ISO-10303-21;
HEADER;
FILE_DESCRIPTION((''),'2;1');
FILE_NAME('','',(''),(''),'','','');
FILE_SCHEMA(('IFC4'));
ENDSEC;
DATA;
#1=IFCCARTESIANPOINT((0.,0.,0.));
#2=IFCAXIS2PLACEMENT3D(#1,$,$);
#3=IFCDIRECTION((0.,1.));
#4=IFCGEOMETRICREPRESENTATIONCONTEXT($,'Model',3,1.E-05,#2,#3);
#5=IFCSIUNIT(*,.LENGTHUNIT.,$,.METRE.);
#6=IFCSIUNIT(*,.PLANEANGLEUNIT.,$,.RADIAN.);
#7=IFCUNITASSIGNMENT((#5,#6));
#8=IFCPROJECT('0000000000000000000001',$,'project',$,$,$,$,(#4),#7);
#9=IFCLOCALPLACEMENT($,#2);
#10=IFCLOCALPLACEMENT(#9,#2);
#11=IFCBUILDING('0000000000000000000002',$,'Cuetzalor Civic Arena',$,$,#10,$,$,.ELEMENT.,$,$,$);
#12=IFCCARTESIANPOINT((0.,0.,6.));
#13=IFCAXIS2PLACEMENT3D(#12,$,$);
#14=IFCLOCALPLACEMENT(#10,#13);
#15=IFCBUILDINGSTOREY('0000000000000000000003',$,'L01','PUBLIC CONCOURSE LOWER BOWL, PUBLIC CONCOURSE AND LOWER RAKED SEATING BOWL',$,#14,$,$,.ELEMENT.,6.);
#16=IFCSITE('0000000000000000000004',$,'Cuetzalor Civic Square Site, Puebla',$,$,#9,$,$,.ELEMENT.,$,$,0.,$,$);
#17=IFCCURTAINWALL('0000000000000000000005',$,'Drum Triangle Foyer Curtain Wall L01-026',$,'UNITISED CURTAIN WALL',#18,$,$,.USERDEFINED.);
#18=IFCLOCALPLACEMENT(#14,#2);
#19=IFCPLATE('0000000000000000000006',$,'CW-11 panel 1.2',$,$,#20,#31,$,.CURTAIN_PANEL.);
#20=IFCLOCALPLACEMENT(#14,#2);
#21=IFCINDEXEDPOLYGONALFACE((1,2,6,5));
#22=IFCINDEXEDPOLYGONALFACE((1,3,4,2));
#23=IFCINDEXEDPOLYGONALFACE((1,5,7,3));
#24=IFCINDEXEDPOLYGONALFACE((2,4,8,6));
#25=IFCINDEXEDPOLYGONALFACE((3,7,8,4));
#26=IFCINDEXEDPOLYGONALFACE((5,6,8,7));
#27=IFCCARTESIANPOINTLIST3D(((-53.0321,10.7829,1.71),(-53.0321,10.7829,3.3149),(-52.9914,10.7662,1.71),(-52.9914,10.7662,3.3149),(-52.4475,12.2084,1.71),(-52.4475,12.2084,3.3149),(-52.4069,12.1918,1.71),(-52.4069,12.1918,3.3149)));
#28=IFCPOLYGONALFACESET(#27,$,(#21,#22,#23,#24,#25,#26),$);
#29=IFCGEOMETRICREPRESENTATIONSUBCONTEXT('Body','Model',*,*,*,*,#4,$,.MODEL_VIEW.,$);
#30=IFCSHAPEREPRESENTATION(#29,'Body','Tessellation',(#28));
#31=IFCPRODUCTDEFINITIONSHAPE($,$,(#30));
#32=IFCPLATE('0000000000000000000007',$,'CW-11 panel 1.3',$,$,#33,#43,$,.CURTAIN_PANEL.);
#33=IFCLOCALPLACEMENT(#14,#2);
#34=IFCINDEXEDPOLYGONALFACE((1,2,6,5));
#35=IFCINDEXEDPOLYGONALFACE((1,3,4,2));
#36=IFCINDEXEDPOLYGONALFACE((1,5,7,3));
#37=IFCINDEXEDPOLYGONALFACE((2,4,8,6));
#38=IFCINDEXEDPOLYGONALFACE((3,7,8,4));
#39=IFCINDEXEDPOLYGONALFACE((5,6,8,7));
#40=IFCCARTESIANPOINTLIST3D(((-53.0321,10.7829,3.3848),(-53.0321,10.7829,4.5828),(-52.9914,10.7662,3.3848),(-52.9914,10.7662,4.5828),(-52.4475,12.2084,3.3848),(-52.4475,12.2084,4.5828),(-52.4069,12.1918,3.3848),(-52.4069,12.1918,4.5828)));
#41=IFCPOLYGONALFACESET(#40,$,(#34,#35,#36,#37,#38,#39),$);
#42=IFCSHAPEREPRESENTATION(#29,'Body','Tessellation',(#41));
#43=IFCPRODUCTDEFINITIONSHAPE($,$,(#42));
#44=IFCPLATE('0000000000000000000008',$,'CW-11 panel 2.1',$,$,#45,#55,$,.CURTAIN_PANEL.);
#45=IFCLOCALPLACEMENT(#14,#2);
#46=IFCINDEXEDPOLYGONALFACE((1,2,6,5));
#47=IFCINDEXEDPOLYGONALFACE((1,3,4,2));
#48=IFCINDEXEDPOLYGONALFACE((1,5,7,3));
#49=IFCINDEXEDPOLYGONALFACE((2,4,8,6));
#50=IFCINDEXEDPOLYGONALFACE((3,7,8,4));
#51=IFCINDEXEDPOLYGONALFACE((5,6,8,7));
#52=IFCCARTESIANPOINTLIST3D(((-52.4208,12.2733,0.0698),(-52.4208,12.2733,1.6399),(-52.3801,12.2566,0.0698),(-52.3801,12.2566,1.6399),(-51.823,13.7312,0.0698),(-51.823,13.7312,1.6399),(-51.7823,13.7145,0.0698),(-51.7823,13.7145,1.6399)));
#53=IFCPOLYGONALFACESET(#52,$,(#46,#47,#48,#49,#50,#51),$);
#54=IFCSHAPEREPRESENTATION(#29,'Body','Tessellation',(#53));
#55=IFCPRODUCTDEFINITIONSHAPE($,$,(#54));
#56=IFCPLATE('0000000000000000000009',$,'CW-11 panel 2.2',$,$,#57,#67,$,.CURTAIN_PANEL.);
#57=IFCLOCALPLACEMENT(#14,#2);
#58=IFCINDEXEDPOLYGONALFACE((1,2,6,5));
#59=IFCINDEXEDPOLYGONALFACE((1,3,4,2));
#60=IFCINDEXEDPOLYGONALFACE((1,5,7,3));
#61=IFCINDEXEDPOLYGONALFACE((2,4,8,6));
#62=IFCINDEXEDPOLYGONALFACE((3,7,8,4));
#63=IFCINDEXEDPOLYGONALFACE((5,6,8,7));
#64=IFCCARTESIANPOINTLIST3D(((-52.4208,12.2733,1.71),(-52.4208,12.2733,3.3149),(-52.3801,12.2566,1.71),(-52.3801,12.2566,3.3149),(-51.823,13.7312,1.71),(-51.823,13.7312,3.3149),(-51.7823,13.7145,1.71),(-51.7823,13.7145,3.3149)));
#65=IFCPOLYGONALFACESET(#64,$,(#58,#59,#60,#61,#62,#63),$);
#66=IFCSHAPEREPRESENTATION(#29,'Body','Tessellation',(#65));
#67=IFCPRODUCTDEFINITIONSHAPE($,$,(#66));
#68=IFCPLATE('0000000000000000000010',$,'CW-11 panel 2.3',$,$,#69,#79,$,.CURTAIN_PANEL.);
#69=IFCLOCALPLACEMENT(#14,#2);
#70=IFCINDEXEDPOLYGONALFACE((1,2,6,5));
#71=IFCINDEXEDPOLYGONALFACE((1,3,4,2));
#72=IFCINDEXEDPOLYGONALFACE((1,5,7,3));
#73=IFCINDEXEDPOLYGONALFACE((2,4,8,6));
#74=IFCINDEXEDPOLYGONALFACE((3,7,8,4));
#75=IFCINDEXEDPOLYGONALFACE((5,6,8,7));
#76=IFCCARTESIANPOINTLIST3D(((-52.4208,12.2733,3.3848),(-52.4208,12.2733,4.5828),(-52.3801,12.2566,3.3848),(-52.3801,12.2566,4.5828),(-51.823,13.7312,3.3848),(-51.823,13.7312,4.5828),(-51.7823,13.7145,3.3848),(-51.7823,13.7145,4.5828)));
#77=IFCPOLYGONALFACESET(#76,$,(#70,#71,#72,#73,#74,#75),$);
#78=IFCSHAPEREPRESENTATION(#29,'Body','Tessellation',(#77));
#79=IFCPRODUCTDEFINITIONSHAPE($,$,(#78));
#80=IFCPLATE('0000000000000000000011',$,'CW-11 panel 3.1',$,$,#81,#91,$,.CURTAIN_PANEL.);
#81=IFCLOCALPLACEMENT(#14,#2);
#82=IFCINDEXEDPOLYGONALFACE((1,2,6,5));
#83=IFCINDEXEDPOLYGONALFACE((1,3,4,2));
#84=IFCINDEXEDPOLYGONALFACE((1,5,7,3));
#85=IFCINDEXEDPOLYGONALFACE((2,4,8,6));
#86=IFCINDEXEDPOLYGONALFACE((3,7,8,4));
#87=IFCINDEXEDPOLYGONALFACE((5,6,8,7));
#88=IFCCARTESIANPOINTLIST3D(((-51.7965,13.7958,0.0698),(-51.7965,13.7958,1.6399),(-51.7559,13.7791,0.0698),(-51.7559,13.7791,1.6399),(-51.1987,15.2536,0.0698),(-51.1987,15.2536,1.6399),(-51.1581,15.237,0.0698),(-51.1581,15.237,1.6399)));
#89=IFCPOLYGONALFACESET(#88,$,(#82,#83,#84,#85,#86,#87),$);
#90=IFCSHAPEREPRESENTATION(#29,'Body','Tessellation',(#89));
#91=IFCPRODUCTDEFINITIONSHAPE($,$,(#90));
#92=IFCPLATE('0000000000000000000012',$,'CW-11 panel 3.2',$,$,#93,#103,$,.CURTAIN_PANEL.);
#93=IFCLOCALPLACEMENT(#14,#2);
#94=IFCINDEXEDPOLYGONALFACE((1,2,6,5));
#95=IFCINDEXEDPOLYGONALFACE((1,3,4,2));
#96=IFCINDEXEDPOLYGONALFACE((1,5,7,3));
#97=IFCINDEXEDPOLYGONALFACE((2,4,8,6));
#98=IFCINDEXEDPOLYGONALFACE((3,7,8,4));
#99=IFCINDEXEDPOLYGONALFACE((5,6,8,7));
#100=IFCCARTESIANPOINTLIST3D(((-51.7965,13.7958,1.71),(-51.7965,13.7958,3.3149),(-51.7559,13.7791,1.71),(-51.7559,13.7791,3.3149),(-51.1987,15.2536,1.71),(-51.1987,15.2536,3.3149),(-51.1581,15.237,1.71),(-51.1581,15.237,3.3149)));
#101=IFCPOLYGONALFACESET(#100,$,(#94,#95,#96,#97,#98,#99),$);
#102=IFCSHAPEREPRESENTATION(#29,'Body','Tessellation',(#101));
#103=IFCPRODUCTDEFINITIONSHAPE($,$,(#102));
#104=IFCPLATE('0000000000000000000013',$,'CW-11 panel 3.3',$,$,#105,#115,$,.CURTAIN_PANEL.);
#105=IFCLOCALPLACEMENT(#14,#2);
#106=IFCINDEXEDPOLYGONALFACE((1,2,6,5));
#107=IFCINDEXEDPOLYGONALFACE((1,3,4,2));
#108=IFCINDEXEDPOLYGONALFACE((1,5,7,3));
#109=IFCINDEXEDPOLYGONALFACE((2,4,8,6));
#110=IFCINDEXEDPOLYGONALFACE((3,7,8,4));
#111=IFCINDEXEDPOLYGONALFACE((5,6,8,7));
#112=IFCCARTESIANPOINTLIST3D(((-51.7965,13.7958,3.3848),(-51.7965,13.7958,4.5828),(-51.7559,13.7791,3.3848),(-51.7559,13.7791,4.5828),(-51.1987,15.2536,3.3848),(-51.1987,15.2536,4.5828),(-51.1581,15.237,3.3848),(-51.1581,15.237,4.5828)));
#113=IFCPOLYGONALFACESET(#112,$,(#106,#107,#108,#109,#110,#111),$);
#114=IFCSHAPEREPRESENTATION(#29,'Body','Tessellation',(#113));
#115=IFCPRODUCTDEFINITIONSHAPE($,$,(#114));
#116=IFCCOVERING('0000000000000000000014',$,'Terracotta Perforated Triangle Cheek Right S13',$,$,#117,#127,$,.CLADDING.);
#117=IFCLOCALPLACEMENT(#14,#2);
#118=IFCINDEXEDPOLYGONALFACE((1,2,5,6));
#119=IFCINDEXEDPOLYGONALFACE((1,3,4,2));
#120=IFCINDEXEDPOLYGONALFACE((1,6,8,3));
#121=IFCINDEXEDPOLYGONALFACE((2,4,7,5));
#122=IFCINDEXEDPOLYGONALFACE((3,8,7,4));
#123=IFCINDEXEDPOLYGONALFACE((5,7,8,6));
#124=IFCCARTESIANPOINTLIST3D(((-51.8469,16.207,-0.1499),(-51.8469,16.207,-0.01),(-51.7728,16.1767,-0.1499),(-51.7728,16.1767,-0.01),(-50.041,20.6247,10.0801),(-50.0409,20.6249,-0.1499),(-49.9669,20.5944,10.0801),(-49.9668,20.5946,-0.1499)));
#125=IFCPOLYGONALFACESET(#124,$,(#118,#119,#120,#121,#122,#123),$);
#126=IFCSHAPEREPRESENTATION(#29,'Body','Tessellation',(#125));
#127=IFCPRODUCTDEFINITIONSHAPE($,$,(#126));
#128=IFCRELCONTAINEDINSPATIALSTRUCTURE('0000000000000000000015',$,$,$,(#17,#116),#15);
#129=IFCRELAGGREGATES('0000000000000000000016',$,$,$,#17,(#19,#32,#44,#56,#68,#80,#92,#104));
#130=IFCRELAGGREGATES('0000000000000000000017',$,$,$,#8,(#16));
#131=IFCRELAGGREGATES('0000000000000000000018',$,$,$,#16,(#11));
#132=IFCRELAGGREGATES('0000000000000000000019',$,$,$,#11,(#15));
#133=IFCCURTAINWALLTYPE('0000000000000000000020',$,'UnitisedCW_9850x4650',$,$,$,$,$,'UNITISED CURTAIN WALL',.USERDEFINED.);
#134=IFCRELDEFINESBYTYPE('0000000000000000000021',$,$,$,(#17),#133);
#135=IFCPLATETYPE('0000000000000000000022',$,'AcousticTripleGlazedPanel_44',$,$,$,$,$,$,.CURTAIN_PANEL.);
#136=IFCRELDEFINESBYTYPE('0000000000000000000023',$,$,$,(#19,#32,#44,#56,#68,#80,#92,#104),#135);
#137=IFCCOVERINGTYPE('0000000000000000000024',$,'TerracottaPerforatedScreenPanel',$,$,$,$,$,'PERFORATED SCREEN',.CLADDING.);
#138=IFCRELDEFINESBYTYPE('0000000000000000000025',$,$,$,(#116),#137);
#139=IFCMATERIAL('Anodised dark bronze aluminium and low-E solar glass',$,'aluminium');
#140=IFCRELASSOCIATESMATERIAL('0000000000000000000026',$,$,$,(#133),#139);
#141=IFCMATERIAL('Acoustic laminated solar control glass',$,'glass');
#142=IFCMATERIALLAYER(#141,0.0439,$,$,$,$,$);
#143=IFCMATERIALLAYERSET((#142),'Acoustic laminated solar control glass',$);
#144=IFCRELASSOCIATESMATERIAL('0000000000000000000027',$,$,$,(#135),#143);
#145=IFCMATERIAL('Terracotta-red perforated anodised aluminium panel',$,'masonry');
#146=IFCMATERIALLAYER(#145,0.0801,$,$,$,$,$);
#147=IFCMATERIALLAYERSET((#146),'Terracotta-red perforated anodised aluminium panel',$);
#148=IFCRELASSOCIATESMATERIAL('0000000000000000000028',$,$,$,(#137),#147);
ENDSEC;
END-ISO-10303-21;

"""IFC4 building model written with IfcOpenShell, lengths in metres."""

from ifc_helpers import new_model, si_unit, direction, frame, origin, origin_2d, place, context, subcontext, project, spatial, polyline, rectangle, outline, extrude, material, layer, layer_set, type_object, element, aggregate, save


model = new_model("IFC4")

# Units and contexts
model_context = context("Model", 3, precision=1e-05, world=origin(), true_north=direction((0.0, 1.0)))
body_context = subcontext(model_context, "Body", "Model", "MODEL_VIEW")
ifc_project = project(units=[si_unit("LENGTHUNIT", "METRE"), si_unit("PLANEANGLEUNIT", "RADIAN")], contexts=[model_context])

# Site, building, storey
site_placement = place(None, origin())
site = spatial("IfcSite", under=ifc_project, at=site_placement, Name="Cuetzalor Civic Square Site, Puebla", CompositionType="ELEMENT", RefElevation=0.0)
building_placement = place(site_placement, origin())
building = spatial("IfcBuilding", under=site, at=building_placement, Name="Cuetzalor Civic Arena", CompositionType="ELEMENT")
storey_placement = place(building_placement, frame((0.0, 0.0, 6.0)))
storey = spatial("IfcBuildingStorey", under=building, at=storey_placement, Name="L01", Description="PUBLIC CONCOURSE LOWER BOWL, PUBLIC CONCOURSE AND LOWER RAKED SEATING BOWL", CompositionType="ELEMENT", Elevation=6.0)

# Curtain wall, plates
ifc_material_1 = material(Name="Anodised dark bronze aluminium and low-E solar glass", Category="aluminium")
curtain_wall_type = type_object("IfcCurtainWallType", Name="UnitisedCW_9850x4650", ElementType="UNITISED CURTAIN WALL", PredefinedType="USERDEFINED", material=ifc_material_1)
curtain_wall_placement = place(storey_placement, origin())
curtain_wall = element("IfcCurtainWall", 1, at=curtain_wall_placement, inside=storey, type_object=curtain_wall_type, Name="Drum Triangle Foyer Curtain Wall L01-026", ObjectType="UNITISED CURTAIN WALL", PredefinedType="USERDEFINED")
ifc_material_2 = material(Name="Acoustic laminated solar control glass", Category="glass")
ifc_layer_1 = layer(ifc_material_2, 0.0439)
ifc_layer_set_1 = layer_set([ifc_layer_1], Name="Acoustic laminated solar control glass")
plate_type = type_object("IfcPlateType", Name="AcousticTripleGlazedPanel_44", PredefinedType="CURTAIN_PANEL", material=ifc_layer_set_1)
plate_1_placement = place(storey_placement, frame((-52.7195, 11.4873, 1.71), z_axis=(0.0, 0.0, 1.0), x_axis=(0.379391, 0.925236, 0.0)))
plate_1 = element("IfcPlate", 2, at=plate_1_placement, type_object=plate_type, Name="CW-11 panel 1.2", PredefinedType="CURTAIN_PANEL", context=body_context, shape_type="SweptSolid", body=[
    extrude(rectangle(XDim=1.5408, YDim=0.0439, at=origin_2d()), origin(), (0.0, 0.0, 1.0), 1.605),
])
plate_2_placement = place(storey_placement, frame((-52.7195, 11.4873, 3.3848), z_axis=(0.0, 0.0, 1.0), x_axis=(0.379391, 0.925236, 0.0)))
plate_2 = element("IfcPlate", 3, at=plate_2_placement, type_object=plate_type, Name="CW-11 panel 1.3", PredefinedType="CURTAIN_PANEL", context=body_context, shape_type="SweptSolid", body=[
    extrude(rectangle(XDim=1.5408, YDim=0.0439, at=origin_2d()), origin(), (0.0, 0.0, 1.0), 1.198),
])
plate_3_placement = place(storey_placement, frame((-52.1016, 12.9939, 0.0698), z_axis=(0.0, 0.0, 1.0), x_axis=(0.379391, 0.925236, 0.0)))
plate_3 = element("IfcPlate", 4, at=plate_3_placement, type_object=plate_type, Name="CW-11 panel 2.1", PredefinedType="CURTAIN_PANEL", context=body_context, shape_type="SweptSolid", body=[
    extrude(rectangle(XDim=1.5757, YDim=0.0439, at=origin_2d()), origin(), (0.0, 0.0, 1.0), 1.5701),
])
plate_4_placement = place(storey_placement, frame((-52.1016, 12.9939, 1.71), z_axis=(0.0, 0.0, 1.0), x_axis=(0.379391, 0.925236, 0.0)))
plate_4 = element("IfcPlate", 5, at=plate_4_placement, type_object=plate_type, Name="CW-11 panel 2.2", PredefinedType="CURTAIN_PANEL", context=body_context, shape_type="SweptSolid", body=[
    extrude(rectangle(XDim=1.5757, YDim=0.0439, at=origin_2d()), origin(), (0.0, 0.0, 1.0), 1.605),
])
plate_5_placement = place(storey_placement, frame((-52.1016, 12.9939, 3.3848), z_axis=(0.0, 0.0, 1.0), x_axis=(0.379391, 0.925236, 0.0)))
plate_5 = element("IfcPlate", 6, at=plate_5_placement, type_object=plate_type, Name="CW-11 panel 2.3", PredefinedType="CURTAIN_PANEL", context=body_context, shape_type="SweptSolid", body=[
    extrude(rectangle(XDim=1.5757, YDim=0.0439, at=origin_2d()), origin(), (0.0, 0.0, 1.0), 1.198),
])
plate_6_placement = place(storey_placement, frame((-51.4773, 14.5164, 0.0698), z_axis=(0.0, 0.0, 1.0), x_axis=(0.379391, 0.925236, 0.0)))
plate_6 = element("IfcPlate", 7, at=plate_6_placement, type_object=plate_type, Name="CW-11 panel 3.1", PredefinedType="CURTAIN_PANEL", context=body_context, shape_type="SweptSolid", body=[
    extrude(rectangle(XDim=1.5757, YDim=0.0439, at=origin_2d()), origin(), (0.0, 0.0, 1.0), 1.5701),
])
plate_7_placement = place(storey_placement, frame((-51.4773, 14.5164, 1.71), z_axis=(0.0, 0.0, 1.0), x_axis=(0.379391, 0.925236, 0.0)))
plate_7 = element("IfcPlate", 8, at=plate_7_placement, type_object=plate_type, Name="CW-11 panel 3.2", PredefinedType="CURTAIN_PANEL", context=body_context, shape_type="SweptSolid", body=[
    extrude(rectangle(XDim=1.5757, YDim=0.0439, at=origin_2d()), origin(), (0.0, 0.0, 1.0), 1.605),
])
plate_8_placement = place(storey_placement, frame((-51.4773, 14.5164, 3.3848), z_axis=(0.0, 0.0, 1.0), x_axis=(0.379391, 0.925236, 0.0)))
plate_8 = element("IfcPlate", 9, at=plate_8_placement, type_object=plate_type, Name="CW-11 panel 3.3", PredefinedType="CURTAIN_PANEL", context=body_context, shape_type="SweptSolid", body=[
    extrude(rectangle(XDim=1.5757, YDim=0.0439, at=origin_2d()), origin(), (0.0, 0.0, 1.0), 1.198),
])
aggregate(curtain_wall, [plate_1, plate_2, plate_3, plate_4, plate_5, plate_6, plate_7, plate_8])

# Covering
ifc_material_3 = material(Name="Terracotta-red perforated anodised aluminium panel", Category="masonry")
ifc_layer_2 = layer(ifc_material_3, 0.0801)
ifc_layer_set_2 = layer_set([ifc_layer_2], Name="Terracotta-red perforated anodised aluminium panel")
covering_type = type_object("IfcCoveringType", Name="TerracottaPerforatedScreenPanel", ElementType="PERFORATED SCREEN", PredefinedType="CLADDING", material=ifc_layer_set_2)
covering_placement = place(storey_placement, frame((-51.8098, 16.1919, -0.1499), z_axis=(0.0, 0.0, 1.0), x_axis=(0.378392, 0.925646, 0.0)))
element("IfcCovering", 10, at=covering_placement, inside=storey, type_object=covering_type, Name="Terracotta Perforated Triangle Cheek Right S13", PredefinedType="CLADDING", context=body_context, shape_type="SweptSolid", body=[
    extrude(outline(polyline([(0.0, 0.0), (4.7727, 0.0), (4.7725, 10.23), (0.0, 0.1399), (0.0, 0.0)])), frame((0.0, 0.04, 0.0), z_axis=(0.0, -1.0, 0.0), x_axis=(1.0, 0.0, 0.0)), (0.0, 0.0, 1.0), 0.0801),
])

save(model, "model.ifc")
